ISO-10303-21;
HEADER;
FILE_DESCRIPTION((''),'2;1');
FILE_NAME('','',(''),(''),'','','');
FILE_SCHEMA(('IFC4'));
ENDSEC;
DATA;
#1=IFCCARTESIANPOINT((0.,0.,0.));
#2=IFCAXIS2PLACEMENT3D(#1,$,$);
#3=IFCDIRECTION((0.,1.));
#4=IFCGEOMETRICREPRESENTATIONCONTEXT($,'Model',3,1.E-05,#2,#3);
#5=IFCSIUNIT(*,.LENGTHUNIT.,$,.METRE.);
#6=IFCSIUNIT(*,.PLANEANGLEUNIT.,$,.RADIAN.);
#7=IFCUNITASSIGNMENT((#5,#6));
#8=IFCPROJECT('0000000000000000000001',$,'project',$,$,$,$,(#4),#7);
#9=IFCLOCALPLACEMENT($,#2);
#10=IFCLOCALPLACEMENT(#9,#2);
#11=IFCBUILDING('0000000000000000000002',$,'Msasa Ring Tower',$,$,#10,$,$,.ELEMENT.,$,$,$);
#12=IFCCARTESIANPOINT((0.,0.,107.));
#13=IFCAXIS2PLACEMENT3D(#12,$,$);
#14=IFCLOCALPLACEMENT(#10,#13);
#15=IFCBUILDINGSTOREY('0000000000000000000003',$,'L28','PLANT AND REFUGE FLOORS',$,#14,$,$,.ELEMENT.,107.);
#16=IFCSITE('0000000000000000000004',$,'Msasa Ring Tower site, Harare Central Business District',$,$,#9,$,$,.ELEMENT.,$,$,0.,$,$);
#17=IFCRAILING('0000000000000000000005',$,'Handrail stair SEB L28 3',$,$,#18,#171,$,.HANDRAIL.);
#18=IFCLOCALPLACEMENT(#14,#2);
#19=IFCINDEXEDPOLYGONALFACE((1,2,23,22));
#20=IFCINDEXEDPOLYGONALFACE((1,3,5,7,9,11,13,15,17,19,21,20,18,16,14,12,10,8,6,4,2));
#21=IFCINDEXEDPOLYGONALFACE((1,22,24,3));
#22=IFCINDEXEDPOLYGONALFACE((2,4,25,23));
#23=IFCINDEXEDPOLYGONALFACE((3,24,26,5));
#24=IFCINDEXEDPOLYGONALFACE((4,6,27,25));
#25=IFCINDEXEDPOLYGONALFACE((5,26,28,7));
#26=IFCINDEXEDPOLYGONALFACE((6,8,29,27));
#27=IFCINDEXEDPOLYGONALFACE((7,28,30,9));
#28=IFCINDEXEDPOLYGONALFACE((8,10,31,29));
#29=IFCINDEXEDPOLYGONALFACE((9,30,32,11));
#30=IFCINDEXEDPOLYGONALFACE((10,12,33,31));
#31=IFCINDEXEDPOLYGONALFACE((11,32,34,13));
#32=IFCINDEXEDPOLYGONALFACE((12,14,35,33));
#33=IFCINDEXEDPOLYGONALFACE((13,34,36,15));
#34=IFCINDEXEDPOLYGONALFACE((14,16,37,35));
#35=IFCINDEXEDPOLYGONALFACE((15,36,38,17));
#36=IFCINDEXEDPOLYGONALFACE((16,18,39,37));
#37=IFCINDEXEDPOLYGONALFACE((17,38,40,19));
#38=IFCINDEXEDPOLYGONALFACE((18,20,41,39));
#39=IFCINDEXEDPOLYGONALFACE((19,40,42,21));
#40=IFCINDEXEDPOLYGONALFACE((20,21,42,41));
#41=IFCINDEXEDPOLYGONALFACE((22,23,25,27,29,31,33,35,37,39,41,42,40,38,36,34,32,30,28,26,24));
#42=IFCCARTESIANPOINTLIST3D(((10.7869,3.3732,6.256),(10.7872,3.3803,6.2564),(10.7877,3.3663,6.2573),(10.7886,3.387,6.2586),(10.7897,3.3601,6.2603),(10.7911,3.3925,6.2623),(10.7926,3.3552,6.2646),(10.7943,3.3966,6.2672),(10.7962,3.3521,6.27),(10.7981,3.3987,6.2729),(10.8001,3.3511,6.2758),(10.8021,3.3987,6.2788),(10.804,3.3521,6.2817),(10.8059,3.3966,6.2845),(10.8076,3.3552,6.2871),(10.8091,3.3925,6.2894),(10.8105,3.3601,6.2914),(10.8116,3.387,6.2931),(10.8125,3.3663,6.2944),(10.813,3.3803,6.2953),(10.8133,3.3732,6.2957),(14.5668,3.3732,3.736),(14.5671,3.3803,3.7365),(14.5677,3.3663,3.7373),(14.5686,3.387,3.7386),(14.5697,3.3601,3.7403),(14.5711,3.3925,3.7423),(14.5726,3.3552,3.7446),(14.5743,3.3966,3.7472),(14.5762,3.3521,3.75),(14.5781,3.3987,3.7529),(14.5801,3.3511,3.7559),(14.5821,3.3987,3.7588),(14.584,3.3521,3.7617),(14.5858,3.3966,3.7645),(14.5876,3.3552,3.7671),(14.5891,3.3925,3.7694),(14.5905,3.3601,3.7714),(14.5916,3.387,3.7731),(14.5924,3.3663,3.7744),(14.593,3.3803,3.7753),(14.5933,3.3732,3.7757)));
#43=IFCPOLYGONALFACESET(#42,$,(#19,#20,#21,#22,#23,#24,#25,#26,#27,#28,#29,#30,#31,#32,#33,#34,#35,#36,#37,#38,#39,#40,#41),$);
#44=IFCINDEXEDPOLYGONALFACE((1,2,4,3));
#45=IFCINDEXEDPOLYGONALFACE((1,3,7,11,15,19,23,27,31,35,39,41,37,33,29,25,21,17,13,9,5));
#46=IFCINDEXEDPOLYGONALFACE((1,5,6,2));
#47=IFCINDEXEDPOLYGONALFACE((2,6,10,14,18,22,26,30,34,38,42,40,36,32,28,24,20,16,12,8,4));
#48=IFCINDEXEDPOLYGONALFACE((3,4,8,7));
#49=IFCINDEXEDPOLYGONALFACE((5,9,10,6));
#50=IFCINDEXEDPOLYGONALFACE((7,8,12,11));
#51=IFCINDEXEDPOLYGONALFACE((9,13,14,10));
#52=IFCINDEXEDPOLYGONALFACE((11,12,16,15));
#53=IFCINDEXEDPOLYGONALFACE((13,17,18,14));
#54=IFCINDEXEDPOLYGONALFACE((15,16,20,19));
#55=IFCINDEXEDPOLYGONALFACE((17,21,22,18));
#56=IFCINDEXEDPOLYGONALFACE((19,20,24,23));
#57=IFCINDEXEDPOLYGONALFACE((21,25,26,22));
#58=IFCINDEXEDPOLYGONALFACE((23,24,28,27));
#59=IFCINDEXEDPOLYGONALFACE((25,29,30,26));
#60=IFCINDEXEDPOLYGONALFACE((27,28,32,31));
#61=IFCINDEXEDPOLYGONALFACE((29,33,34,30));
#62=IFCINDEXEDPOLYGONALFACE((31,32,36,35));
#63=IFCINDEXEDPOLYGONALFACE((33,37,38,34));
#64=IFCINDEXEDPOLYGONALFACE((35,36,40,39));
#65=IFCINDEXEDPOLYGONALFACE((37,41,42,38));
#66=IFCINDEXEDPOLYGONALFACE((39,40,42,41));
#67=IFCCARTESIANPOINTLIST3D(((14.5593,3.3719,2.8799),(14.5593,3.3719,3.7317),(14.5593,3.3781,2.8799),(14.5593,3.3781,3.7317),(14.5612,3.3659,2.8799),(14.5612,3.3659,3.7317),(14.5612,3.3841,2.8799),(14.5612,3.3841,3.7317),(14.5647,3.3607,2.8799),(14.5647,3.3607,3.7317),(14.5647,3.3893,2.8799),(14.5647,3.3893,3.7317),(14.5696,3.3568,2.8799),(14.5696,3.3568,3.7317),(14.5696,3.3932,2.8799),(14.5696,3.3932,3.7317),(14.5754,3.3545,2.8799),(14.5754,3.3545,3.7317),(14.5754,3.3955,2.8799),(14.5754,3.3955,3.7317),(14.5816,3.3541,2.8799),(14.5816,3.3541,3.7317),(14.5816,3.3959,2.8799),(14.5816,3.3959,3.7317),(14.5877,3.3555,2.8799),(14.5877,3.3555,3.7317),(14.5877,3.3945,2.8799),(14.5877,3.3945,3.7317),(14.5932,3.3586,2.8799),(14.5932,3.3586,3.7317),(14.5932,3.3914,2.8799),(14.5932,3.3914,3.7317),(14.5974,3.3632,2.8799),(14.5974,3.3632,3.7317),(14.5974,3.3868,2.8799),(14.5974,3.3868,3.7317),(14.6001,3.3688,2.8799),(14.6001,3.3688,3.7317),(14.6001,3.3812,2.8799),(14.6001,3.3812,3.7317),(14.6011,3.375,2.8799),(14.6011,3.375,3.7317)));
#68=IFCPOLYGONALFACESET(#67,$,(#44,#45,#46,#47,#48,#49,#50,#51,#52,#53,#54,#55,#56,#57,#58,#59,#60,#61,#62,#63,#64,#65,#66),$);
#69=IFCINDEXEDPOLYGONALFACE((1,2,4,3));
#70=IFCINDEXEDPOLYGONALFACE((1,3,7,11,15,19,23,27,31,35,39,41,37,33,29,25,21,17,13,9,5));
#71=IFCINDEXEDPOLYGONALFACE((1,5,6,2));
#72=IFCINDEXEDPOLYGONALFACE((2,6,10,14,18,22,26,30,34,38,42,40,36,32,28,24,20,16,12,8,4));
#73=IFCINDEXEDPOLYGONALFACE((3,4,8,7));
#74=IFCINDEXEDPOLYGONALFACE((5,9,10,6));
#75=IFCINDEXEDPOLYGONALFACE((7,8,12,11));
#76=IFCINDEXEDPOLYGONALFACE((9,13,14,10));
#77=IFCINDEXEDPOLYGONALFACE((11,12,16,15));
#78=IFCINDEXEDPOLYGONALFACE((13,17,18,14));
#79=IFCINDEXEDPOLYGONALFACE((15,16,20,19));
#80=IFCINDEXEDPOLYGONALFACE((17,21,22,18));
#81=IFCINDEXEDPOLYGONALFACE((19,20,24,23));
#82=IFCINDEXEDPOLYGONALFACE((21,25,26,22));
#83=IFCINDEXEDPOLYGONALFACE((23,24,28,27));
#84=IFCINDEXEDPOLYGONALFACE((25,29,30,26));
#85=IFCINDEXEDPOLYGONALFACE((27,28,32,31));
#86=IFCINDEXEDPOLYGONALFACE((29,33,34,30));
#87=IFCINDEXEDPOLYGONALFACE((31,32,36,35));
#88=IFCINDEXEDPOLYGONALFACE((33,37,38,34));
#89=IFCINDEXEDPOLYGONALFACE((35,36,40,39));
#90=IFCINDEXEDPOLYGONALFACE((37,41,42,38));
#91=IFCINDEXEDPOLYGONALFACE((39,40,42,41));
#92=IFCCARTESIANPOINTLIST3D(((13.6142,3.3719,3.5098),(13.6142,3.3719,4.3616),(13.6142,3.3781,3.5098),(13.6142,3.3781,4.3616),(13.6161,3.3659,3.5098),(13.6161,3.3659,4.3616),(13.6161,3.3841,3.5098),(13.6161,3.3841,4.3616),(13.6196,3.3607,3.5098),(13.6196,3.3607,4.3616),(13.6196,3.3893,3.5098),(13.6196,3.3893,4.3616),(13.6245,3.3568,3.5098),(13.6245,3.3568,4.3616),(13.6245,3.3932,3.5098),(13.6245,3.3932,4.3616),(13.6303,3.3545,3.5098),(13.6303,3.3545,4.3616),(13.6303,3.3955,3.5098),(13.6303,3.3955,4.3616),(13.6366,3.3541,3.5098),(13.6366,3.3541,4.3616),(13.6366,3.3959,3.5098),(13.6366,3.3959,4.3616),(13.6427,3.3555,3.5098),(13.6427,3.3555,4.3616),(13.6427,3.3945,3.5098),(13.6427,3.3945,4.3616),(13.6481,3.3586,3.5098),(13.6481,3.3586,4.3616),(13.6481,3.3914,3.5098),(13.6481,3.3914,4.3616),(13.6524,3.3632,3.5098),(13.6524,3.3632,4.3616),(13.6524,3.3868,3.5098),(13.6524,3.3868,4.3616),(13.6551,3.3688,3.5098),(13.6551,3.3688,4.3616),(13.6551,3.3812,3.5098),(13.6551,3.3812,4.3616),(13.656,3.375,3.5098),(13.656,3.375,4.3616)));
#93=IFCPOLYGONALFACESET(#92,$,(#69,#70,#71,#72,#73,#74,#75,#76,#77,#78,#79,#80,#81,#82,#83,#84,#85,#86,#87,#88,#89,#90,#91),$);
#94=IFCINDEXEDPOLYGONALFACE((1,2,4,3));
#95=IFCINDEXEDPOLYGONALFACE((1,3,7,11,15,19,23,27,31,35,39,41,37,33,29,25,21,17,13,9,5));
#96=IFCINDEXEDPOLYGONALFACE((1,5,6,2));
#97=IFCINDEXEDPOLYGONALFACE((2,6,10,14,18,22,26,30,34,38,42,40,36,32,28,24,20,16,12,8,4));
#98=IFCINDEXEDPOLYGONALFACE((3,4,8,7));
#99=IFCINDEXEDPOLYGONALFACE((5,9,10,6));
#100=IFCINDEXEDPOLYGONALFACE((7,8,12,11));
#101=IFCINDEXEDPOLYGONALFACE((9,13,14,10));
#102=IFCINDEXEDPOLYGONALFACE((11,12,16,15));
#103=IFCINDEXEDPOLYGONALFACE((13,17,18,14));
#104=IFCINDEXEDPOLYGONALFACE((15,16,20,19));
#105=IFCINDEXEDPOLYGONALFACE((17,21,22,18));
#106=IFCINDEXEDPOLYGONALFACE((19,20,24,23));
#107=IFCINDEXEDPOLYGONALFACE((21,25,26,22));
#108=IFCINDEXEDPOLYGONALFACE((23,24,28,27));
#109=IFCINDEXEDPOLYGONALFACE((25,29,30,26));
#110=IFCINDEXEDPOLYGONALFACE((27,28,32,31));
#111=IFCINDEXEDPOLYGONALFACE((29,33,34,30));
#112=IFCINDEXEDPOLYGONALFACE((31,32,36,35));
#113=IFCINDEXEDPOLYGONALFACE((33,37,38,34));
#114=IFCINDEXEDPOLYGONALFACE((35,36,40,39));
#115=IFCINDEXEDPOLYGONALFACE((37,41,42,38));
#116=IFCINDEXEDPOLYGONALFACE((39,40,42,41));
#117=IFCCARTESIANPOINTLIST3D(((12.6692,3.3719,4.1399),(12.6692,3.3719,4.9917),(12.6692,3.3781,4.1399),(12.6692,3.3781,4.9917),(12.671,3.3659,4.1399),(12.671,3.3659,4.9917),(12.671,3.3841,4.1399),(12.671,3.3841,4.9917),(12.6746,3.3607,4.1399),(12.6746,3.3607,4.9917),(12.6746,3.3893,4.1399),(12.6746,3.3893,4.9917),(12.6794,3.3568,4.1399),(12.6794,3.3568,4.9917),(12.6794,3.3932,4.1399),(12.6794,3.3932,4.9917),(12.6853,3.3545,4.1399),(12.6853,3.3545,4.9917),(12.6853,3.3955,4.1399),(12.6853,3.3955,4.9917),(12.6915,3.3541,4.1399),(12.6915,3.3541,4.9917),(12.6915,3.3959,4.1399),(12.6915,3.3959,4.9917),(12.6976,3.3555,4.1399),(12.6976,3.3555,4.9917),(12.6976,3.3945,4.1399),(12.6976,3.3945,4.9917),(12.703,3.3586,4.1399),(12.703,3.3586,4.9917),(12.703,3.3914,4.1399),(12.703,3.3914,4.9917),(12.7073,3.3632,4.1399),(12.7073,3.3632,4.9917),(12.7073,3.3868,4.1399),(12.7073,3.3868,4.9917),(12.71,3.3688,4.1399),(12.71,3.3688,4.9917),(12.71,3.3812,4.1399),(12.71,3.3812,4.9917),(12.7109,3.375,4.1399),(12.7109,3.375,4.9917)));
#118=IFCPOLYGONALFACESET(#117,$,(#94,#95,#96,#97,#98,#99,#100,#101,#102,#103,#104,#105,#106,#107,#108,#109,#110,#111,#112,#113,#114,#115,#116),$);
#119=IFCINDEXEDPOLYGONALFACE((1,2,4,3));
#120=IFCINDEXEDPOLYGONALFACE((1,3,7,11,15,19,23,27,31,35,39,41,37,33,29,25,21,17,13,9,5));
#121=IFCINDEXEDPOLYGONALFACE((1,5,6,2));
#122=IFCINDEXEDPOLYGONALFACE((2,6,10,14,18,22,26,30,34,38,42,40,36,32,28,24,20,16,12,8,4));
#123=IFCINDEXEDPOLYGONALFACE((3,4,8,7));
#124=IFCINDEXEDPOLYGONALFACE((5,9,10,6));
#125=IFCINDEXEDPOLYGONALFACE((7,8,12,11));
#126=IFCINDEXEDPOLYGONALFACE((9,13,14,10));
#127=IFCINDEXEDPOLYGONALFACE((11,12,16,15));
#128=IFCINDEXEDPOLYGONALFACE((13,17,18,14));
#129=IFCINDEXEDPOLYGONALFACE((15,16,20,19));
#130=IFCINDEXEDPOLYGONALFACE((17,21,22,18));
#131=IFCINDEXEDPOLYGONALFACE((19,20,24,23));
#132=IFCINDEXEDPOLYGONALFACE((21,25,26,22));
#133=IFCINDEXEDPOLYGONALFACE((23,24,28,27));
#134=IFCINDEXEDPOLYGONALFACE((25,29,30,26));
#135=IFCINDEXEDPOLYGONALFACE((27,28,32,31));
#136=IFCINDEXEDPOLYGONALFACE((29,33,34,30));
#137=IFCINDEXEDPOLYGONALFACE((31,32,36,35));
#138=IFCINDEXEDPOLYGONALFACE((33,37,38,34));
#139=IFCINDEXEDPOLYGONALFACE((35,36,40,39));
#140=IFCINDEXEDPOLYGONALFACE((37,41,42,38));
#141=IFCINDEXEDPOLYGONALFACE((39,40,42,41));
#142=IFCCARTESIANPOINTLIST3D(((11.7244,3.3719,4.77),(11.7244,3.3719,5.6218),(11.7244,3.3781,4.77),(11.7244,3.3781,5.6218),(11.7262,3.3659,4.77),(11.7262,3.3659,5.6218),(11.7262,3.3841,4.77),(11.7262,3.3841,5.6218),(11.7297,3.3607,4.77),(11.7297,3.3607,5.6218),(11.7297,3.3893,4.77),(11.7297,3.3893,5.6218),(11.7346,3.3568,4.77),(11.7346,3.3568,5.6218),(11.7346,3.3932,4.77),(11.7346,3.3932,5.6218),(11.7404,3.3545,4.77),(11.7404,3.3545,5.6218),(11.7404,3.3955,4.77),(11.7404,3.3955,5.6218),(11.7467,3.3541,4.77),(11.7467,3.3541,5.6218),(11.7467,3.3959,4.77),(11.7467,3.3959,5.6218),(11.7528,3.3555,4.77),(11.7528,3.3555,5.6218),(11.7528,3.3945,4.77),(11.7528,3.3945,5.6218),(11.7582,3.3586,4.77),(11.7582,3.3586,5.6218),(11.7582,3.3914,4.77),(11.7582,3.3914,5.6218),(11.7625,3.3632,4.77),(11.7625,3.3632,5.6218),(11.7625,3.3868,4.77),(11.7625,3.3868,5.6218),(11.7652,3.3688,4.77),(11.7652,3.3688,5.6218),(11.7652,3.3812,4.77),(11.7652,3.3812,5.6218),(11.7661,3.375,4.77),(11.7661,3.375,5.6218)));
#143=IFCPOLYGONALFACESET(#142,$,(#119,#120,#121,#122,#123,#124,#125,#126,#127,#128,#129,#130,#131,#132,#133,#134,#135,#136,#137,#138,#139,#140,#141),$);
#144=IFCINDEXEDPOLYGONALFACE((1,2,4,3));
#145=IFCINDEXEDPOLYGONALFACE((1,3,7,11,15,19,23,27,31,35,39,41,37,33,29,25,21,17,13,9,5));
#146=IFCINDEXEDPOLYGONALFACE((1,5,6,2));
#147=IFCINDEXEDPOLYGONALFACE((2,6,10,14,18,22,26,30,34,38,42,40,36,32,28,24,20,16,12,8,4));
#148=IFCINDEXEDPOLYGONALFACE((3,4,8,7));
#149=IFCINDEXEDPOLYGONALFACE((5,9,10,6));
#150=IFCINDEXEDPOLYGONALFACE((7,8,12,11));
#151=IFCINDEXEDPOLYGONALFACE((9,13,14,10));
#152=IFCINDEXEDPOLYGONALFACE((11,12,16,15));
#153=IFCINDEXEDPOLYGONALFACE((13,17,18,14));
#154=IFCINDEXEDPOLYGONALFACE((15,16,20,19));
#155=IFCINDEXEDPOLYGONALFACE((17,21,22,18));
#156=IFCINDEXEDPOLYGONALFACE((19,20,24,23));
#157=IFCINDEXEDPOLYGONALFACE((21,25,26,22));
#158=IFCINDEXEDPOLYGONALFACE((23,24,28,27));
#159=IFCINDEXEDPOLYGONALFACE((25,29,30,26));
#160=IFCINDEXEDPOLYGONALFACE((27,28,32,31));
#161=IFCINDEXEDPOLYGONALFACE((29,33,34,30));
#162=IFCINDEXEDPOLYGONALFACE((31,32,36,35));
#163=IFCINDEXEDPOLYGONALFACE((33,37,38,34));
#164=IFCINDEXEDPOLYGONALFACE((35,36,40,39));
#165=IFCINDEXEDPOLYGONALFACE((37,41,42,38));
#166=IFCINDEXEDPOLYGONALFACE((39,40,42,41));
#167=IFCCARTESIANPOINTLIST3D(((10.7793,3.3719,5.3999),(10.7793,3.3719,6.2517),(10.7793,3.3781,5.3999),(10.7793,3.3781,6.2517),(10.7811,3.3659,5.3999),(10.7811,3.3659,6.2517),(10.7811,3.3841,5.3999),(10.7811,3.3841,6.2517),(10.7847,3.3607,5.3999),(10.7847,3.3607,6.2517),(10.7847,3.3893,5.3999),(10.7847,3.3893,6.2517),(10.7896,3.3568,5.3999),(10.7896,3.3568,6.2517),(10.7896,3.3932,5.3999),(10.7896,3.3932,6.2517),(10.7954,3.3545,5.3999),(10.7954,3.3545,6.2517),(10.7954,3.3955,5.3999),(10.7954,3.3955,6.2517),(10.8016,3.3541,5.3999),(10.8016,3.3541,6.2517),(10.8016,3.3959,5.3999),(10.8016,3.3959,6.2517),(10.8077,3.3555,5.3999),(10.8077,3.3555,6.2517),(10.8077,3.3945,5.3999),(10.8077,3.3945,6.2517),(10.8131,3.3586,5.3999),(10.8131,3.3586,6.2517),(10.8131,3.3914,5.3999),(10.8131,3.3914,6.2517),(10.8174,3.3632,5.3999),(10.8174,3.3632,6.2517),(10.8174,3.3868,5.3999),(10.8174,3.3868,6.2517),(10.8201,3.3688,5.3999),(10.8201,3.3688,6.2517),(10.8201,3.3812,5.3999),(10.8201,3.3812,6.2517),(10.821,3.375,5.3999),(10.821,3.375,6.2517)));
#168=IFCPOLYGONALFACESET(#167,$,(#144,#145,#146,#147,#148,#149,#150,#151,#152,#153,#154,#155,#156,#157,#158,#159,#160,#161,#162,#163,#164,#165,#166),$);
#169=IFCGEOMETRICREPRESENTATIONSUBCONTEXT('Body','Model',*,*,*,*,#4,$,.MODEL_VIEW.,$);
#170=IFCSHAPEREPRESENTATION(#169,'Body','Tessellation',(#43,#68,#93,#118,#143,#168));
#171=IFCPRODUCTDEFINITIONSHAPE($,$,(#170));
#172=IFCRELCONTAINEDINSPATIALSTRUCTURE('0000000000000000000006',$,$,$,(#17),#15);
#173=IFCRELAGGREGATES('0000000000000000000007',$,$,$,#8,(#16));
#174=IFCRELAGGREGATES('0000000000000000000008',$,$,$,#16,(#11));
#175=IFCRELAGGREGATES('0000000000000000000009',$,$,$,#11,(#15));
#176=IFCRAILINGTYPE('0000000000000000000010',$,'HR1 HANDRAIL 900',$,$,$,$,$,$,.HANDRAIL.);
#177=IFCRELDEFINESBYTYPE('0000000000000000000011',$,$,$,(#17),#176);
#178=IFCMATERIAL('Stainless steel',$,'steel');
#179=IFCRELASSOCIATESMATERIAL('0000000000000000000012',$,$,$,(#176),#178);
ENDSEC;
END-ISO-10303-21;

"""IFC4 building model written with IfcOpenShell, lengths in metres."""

from ifc_helpers import new_model, si_unit, direction, frame, origin, origin_2d, place, context, subcontext, project, spatial, circle, extrude, material, type_object, element, save


model = new_model("IFC4")

# Units and contexts
model_context = context("Model", 3, precision=1e-05, world=origin(), true_north=direction((0.0, 1.0)))
body_context = subcontext(model_context, "Body", "Model", "MODEL_VIEW")
ifc_project = project(units=[si_unit("LENGTHUNIT", "METRE"), si_unit("PLANEANGLEUNIT", "RADIAN")], contexts=[model_context])

# Site, building, storey
site_placement = place(None, origin())
site = spatial("IfcSite", under=ifc_project, at=site_placement, Name="Msasa Ring Tower site, Harare Central Business District", CompositionType="ELEMENT", RefElevation=0.0)
building_placement = place(site_placement, origin())
building = spatial("IfcBuilding", under=site, at=building_placement, Name="Msasa Ring Tower", CompositionType="ELEMENT")
storey_placement = place(building_placement, frame((0.0, 0.0, 107.0)))
storey = spatial("IfcBuildingStorey", under=building, at=storey_placement, Name="L28", Description="PLANT AND REFUGE FLOORS", CompositionType="ELEMENT", Elevation=107.0)

# Railing
ifc_material_1 = material(Name="Stainless steel", Category="steel")
railing_type = type_object("IfcRailingType", Name="HR1 HANDRAIL 900", PredefinedType="HANDRAIL", material=ifc_material_1)
for number, where, name in (
    (1, (14.5801, 3.375, 2.8799), "Handrail stair SEB L28 3"),
):
    element("IfcRailing", number, at=place(storey_placement, frame(where)), inside=storey, type_object=railing_type, Name=name, PredefinedType="HANDRAIL", context=body_context, shape_type="SweptSolid", body=[
        extrude(circle(Radius=0.0239, at=origin_2d()), frame((0.0, 0.0, 0.876), z_axis=(-0.83205, 0.0, 0.5547), x_axis=(0.0, -1.0, 0.0)), (0.0, 0.0, 1.0), 4.543),
        extrude(circle(Radius=0.021, at=origin_2d()), origin(), (0.0, 0.0, 1.0), 0.8518),
        extrude(circle(Radius=0.021, at=origin_2d()), frame((-0.9451, 0.0, 0.6299)), (0.0, 0.0, 1.0), 0.8518),
        extrude(circle(Radius=0.021, at=origin_2d()), frame((-1.8901, 0.0, 1.26)), (0.0, 0.0, 1.0), 0.8518),
        extrude(circle(Radius=0.021, at=origin_2d()), frame((-2.835, 0.0, 1.8901)), (0.0, 0.0, 1.0), 0.8518),
        extrude(circle(Radius=0.021, at=origin_2d()), frame((-3.78, 0.0, 2.52)), (0.0, 0.0, 1.0), 0.8518),
    ])

save(model, "model.ifc")
